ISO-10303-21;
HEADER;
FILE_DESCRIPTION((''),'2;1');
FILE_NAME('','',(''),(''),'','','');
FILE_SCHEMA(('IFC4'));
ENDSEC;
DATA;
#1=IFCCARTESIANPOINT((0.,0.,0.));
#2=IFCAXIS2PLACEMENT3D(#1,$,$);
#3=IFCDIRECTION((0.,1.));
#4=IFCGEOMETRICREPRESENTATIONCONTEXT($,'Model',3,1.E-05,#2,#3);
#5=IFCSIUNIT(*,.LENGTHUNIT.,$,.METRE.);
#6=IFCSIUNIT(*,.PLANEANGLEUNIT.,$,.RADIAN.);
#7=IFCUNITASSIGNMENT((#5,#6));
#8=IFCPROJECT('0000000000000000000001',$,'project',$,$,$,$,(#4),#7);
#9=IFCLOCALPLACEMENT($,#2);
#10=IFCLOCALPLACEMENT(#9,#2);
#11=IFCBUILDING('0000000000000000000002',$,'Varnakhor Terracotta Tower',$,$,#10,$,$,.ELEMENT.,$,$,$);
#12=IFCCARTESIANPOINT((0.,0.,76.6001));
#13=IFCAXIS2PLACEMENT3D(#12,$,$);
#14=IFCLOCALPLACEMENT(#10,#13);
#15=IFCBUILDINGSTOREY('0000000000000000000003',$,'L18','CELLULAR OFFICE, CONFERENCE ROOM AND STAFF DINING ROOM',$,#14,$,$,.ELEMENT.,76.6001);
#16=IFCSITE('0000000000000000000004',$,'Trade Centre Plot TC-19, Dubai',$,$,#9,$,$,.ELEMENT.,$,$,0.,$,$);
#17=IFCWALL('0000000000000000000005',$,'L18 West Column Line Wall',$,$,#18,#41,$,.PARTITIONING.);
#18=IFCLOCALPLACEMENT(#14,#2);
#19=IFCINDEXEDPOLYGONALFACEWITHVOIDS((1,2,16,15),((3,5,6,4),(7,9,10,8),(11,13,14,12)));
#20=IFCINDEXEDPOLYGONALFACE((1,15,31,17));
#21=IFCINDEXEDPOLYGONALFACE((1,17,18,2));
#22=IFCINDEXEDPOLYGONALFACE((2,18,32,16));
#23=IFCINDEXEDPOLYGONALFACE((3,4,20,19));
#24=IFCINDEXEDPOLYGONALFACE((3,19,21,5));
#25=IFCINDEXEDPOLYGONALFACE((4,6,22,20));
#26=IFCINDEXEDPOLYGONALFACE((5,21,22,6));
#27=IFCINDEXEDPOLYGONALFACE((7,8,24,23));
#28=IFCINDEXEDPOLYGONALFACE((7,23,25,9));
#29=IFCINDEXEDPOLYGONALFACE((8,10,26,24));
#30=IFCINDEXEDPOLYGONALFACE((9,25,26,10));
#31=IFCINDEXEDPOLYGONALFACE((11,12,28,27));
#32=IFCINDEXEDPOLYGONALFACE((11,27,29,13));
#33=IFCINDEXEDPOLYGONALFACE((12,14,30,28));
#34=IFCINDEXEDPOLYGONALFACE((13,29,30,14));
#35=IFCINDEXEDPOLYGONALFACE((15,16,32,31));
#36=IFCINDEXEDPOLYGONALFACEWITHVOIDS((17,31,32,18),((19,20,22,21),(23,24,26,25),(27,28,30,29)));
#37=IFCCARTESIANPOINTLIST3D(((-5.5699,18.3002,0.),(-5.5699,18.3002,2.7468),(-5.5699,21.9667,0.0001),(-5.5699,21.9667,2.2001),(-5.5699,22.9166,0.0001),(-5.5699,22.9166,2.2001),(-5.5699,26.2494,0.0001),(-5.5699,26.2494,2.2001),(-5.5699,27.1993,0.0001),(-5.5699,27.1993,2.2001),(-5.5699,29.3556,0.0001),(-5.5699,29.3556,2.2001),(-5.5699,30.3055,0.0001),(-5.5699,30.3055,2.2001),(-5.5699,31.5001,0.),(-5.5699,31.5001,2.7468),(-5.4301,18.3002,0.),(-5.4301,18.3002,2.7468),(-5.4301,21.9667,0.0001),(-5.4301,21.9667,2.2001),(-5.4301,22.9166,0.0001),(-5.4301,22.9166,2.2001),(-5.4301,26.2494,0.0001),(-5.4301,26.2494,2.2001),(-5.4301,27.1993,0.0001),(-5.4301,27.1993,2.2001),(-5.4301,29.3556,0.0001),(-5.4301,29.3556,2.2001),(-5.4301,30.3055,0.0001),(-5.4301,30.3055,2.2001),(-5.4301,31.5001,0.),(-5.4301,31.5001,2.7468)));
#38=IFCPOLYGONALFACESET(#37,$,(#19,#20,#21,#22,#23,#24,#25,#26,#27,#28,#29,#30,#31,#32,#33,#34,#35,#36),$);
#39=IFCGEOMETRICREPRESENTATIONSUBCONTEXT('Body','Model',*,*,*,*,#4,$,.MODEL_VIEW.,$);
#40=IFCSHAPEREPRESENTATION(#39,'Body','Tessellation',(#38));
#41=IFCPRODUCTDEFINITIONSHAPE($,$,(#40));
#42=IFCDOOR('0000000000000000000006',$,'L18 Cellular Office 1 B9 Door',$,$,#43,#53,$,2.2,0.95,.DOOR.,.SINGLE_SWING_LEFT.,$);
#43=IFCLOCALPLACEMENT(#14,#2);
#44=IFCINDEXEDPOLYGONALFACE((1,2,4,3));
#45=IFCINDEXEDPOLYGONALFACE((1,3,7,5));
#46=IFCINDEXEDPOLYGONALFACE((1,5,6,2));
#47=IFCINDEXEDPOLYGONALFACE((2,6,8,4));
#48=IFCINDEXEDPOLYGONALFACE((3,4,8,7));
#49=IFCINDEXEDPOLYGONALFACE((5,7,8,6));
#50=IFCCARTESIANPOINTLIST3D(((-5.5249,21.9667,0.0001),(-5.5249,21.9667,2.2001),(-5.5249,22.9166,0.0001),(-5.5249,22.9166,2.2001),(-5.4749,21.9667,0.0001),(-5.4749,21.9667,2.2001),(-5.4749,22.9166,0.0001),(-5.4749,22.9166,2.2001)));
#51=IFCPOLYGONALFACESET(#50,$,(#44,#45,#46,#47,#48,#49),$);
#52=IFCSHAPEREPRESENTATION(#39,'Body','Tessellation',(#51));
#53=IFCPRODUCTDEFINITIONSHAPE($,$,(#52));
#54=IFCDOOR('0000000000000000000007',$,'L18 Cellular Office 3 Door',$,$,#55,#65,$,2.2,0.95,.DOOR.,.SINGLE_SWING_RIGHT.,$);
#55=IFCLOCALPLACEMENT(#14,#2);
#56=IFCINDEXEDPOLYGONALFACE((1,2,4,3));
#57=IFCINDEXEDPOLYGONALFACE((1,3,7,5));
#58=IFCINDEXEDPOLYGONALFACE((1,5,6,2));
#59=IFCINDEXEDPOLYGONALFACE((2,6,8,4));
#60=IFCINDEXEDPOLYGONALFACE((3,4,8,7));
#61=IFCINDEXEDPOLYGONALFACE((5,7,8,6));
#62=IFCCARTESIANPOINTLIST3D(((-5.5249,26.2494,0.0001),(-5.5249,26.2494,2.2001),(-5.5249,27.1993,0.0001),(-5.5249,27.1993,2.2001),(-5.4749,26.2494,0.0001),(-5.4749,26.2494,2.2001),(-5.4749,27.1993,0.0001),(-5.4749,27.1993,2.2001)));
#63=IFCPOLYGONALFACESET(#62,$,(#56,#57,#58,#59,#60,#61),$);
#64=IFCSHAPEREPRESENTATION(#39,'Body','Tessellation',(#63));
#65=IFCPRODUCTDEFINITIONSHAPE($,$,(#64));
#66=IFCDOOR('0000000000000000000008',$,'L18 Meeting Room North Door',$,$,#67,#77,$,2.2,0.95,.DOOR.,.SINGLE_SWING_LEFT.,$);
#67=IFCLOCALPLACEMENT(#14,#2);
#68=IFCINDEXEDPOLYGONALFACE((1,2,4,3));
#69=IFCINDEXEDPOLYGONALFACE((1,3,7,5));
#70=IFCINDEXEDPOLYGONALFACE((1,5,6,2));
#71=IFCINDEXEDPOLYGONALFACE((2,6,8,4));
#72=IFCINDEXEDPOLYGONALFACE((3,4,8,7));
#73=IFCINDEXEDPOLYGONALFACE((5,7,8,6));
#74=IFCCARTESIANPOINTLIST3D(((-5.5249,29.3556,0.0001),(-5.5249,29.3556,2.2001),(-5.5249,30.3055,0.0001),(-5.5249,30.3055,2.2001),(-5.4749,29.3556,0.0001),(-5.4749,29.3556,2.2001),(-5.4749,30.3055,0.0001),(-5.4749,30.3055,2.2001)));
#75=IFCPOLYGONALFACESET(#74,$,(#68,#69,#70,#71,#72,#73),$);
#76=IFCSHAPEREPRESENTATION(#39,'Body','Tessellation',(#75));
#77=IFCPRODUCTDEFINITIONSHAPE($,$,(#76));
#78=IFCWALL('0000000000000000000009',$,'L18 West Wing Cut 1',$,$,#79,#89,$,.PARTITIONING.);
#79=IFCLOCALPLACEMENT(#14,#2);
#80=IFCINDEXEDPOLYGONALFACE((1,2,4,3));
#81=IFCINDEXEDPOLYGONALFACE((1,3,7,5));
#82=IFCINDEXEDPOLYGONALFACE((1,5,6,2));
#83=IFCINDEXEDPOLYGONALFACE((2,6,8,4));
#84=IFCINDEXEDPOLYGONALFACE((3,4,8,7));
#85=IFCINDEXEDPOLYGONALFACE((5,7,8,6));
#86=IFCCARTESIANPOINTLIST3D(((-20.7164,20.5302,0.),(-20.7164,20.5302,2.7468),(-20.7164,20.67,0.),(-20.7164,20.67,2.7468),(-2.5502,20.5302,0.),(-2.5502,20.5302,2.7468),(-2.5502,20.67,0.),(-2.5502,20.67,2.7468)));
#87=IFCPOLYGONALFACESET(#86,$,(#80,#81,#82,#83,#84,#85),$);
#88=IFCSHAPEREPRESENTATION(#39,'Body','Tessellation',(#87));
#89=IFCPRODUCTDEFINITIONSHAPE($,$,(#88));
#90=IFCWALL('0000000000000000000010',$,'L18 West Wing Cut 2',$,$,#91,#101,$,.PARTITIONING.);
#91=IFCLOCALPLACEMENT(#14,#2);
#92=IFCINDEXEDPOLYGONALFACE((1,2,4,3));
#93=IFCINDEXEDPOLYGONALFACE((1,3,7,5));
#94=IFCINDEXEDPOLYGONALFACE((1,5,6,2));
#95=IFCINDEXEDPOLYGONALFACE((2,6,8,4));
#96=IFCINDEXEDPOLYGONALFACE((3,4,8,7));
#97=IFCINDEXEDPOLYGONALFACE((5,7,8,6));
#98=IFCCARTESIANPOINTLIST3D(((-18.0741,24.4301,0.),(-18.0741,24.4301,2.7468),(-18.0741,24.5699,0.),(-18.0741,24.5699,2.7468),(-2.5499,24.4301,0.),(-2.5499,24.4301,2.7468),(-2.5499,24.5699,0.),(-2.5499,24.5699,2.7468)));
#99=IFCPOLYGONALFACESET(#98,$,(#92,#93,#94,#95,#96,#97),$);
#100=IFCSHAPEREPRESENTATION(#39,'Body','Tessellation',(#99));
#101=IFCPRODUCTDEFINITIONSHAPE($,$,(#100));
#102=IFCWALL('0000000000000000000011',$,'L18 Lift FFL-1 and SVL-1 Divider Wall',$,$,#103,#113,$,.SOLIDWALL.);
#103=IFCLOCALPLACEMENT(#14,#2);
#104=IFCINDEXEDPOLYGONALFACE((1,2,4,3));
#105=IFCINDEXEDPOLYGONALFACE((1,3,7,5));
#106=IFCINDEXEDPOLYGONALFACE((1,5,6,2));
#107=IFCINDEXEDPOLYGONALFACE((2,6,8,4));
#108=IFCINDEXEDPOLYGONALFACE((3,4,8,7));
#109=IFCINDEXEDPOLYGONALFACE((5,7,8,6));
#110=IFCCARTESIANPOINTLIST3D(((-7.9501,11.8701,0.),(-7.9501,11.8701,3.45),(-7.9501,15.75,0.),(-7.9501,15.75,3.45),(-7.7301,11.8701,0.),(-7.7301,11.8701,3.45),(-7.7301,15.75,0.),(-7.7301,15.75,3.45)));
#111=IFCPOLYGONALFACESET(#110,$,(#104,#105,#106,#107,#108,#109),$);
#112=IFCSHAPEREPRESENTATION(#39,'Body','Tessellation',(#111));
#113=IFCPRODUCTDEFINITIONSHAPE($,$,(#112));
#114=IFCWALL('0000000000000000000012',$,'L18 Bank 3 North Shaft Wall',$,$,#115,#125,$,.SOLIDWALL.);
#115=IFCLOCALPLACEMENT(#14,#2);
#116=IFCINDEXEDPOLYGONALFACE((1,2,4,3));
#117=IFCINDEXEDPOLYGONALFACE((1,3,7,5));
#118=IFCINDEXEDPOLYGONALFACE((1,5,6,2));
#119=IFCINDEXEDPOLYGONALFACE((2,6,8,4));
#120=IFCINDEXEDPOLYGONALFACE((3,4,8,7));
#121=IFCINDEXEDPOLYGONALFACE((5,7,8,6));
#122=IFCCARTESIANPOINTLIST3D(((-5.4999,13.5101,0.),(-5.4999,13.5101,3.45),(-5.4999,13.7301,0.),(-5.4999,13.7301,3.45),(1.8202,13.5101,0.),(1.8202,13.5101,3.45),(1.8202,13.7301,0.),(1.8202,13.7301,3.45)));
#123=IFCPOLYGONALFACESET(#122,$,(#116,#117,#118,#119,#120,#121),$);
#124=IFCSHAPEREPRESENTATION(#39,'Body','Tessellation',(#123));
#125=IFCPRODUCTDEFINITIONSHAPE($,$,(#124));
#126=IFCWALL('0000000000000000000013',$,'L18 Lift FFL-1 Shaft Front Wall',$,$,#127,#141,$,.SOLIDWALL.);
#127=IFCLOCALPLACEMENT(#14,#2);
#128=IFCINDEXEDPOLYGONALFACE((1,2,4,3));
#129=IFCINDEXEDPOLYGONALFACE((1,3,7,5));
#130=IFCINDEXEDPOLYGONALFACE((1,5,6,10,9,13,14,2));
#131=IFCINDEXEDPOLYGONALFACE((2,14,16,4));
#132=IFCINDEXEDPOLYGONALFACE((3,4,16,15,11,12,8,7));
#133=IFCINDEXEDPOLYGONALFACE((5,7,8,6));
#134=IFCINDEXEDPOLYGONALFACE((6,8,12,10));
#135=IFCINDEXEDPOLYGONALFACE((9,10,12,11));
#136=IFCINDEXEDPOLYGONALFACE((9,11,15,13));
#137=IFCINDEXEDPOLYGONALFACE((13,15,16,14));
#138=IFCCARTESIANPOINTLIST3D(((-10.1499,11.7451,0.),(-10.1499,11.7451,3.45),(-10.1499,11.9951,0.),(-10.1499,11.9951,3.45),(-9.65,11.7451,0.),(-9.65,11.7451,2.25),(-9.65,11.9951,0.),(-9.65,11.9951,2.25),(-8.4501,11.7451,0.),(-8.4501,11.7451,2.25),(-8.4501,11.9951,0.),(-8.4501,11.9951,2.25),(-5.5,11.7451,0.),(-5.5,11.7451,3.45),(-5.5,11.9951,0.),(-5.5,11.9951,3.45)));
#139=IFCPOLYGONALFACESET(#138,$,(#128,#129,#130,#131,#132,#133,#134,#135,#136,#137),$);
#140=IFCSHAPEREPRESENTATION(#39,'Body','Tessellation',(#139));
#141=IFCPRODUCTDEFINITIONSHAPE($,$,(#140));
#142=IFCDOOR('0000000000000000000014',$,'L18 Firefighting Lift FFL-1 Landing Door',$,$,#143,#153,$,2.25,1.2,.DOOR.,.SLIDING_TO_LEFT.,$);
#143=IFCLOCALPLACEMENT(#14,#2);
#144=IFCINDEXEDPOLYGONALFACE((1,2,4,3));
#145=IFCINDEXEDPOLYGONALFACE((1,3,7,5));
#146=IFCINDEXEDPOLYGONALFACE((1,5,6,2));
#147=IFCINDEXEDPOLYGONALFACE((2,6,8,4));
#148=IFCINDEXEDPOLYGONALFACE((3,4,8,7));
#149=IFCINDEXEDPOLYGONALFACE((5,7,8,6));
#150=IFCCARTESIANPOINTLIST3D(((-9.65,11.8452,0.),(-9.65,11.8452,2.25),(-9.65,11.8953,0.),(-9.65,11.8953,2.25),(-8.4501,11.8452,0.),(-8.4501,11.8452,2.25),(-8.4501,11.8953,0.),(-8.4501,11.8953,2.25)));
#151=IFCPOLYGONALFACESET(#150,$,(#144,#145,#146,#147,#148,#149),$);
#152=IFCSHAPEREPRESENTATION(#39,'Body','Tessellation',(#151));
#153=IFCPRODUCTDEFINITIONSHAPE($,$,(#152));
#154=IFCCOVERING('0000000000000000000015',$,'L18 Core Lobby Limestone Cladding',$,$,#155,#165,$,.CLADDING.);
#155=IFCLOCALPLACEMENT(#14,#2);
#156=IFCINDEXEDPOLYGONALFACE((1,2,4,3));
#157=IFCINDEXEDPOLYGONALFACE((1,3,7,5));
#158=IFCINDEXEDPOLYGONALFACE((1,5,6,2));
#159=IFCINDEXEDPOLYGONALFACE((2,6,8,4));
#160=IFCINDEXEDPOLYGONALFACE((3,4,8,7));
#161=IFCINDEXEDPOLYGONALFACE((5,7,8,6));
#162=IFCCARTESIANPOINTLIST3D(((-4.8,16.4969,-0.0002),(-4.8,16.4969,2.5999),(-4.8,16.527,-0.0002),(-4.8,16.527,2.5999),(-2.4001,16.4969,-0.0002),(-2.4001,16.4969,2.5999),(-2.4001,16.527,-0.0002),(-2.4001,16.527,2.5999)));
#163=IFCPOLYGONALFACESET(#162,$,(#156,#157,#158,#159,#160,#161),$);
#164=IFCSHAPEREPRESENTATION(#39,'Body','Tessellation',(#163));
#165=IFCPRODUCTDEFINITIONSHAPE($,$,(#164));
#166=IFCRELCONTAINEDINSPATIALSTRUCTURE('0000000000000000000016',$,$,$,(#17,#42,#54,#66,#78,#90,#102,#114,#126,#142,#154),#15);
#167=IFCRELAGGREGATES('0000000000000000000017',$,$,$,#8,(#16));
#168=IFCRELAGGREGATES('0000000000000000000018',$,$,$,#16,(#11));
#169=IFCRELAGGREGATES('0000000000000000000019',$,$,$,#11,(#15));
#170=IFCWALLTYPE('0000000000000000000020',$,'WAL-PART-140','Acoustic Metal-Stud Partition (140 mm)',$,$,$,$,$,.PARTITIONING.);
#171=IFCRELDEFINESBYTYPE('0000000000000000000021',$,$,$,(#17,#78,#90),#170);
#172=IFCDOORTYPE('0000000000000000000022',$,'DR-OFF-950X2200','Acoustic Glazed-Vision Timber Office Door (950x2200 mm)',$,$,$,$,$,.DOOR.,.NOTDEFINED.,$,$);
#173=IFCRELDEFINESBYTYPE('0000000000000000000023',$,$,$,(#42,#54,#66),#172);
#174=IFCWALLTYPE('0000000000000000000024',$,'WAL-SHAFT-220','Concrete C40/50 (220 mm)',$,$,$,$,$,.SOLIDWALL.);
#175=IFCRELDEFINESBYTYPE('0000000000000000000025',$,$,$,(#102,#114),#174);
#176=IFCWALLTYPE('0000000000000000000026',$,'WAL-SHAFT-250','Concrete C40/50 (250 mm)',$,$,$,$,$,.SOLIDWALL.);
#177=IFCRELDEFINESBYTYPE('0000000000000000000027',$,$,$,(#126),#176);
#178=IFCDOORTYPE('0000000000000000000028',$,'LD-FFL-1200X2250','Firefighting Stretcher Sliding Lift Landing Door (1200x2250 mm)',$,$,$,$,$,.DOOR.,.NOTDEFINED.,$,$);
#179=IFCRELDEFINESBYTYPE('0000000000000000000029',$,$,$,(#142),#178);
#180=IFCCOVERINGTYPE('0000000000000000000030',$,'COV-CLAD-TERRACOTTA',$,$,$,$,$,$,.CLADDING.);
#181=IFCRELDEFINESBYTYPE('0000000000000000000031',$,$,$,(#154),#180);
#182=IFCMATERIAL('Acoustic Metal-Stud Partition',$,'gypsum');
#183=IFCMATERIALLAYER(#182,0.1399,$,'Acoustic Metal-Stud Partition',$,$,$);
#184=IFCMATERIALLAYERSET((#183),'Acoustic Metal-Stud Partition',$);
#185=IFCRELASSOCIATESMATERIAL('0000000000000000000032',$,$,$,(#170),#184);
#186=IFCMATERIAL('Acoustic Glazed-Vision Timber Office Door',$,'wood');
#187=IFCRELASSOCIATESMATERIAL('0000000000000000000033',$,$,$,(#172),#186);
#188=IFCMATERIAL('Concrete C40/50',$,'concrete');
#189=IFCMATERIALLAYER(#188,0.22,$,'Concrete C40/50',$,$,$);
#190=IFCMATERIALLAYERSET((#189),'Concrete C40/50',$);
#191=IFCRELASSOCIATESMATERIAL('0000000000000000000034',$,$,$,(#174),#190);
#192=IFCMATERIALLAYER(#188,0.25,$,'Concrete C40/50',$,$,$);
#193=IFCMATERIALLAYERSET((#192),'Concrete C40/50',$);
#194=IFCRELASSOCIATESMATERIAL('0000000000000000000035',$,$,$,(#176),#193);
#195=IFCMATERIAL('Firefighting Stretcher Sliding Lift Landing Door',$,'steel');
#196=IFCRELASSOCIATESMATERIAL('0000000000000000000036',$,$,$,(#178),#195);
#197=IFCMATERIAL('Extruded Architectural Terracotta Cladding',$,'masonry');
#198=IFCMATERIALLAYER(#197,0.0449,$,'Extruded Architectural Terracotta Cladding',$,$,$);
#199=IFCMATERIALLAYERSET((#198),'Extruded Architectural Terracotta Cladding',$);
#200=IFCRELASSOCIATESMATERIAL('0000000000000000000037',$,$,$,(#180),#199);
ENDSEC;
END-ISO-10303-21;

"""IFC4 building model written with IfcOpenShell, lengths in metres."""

from ifc_helpers import new_model, si_unit, direction, frame, frame_2d, origin, origin_2d, place, context, subcontext, project, spatial, rectangle, extrude, source, transform, mapped, material, layer, layer_set, type_object, type_shapes, element, fill, save


model = new_model("IFC4")

# Units and contexts
model_context = context("Model", 3, precision=1e-05, world=origin(), true_north=direction((0.0, 1.0)))
body_context = subcontext(model_context, "Body", "Model", "MODEL_VIEW")
ifc_project = project(units=[si_unit("LENGTHUNIT", "METRE"), si_unit("PLANEANGLEUNIT", "RADIAN")], contexts=[model_context])

# Site, building, storey
site_placement = place(None, origin())
site = spatial("IfcSite", under=ifc_project, at=site_placement, Name="Trade Centre Plot TC-19, Dubai", CompositionType="ELEMENT", RefElevation=0.0)
building_placement = place(site_placement, origin())
building = spatial("IfcBuilding", under=site, at=building_placement, Name="Varnakhor Terracotta Tower", CompositionType="ELEMENT")
storey_placement = place(building_placement, frame((0.0, 0.0, 76.6001)))
storey = spatial("IfcBuildingStorey", under=building, at=storey_placement, Name="L18", Description="CELLULAR OFFICE, CONFERENCE ROOM AND STAFF DINING ROOM", CompositionType="ELEMENT", Elevation=76.6001)

# Wall, openings, doors
ifc_material_1 = material(Name="Acoustic Metal-Stud Partition", Category="gypsum")
ifc_layer_1 = layer(ifc_material_1, 0.1399, Name="Acoustic Metal-Stud Partition")
ifc_layer_set_1 = layer_set([ifc_layer_1], Name="Acoustic Metal-Stud Partition")
wall_type_1 = type_object("IfcWallType", Name="WAL-PART-140", Description="Acoustic Metal-Stud Partition (140 mm)", PredefinedType="PARTITIONING", material=ifc_layer_set_1)
wall_1_placement = place(storey_placement, frame((-5.5, 18.3, 0.0), z_axis=(0.0, 0.0, 1.0), x_axis=(0.0, 1.0, 0.0)))
wall_1 = element("IfcWall", 1, at=wall_1_placement, inside=storey, type_object=wall_type_1, Name="L18 West Column Line Wall", PredefinedType="PARTITIONING", context=body_context, shape_type="SweptSolid", body=[
    extrude(rectangle(XDim=13.2, YDim=0.1399, at=frame_2d((6.6001, 0.0))), origin(), (0.0, 0.0, 1.0), 2.7468),
])
opening_1_placement = place(wall_1_placement, frame((3.6665, 0.0, 0.0)))
opening_1 = element("IfcOpeningElement", 2, at=opening_1_placement, cuts=wall_1, PredefinedType="OPENING", context=body_context, shape_type="SweptSolid", body=[
    extrude(rectangle(XDim=0.95, YDim=2.2, at=frame_2d((0.4751, 1.1001))), frame((0.0, 0.0801, 0.0), z_axis=(0.0, -1.0, 0.0), x_axis=(1.0, 0.0, 0.0)), (0.0, 0.0, 1.0), 0.1599),
])
opening_2_placement = place(wall_1_placement, frame((7.9492, 0.0, 0.0)))
opening_2 = element("IfcOpeningElement", 3, at=opening_2_placement, cuts=wall_1, PredefinedType="OPENING", context=body_context, shape_type="SweptSolid", body=[
    extrude(rectangle(XDim=0.95, YDim=2.2, at=frame_2d((0.4751, 1.1001))), frame((0.0, 0.0801, 0.0), z_axis=(0.0, -1.0, 0.0), x_axis=(1.0, 0.0, 0.0)), (0.0, 0.0, 1.0), 0.1599),
])
opening_3_placement = place(wall_1_placement, frame((11.0554, 0.0, 0.0)))
opening_3 = element("IfcOpeningElement", 4, at=opening_3_placement, cuts=wall_1, PredefinedType="OPENING", context=body_context, shape_type="SweptSolid", body=[
    extrude(rectangle(XDim=0.95, YDim=2.2, at=frame_2d((0.4751, 1.1001))), frame((0.0, 0.0801, 0.0), z_axis=(0.0, -1.0, 0.0), x_axis=(1.0, 0.0, 0.0)), (0.0, 0.0, 1.0), 0.1599),
])
ifc_material_2 = material(Name="Acoustic Glazed-Vision Timber Office Door", Category="wood")
door_type_1 = type_object("IfcDoorType", Name="DR-OFF-950X2200", Description="Acoustic Glazed-Vision Timber Office Door (950x2200 mm)", OperationType="NOTDEFINED", PredefinedType="DOOR", material=ifc_material_2)
shared_shape_1 = source(origin(), body_context, "Body", "SweptSolid", [
    extrude(rectangle(XDim=0.95, YDim=2.2, at=frame_2d((0.4751, 1.1001))), frame((0.0, 0.0249, 0.0), z_axis=(0.0, -1.0, 0.0), x_axis=(1.0, 0.0, 0.0)), (0.0, 0.0, 1.0), 0.05),
])
type_shapes(door_type_1, [shared_shape_1])
door_1_placement = place(opening_1_placement, origin())
door_1 = element("IfcDoor", 5, at=door_1_placement, inside=storey, type_object=door_type_1, Name="L18 Cellular Office 1 B9 Door", OperationType="SINGLE_SWING_LEFT", OverallHeight=2.2, OverallWidth=0.95, PredefinedType="DOOR", context=body_context, shape_type="MappedRepresentation", body=[
    mapped(shared_shape_1, transform((0.0, 0.0, 0.0), scale=1.0)),
])
fill(opening_1, door_1)
door_2_placement = place(opening_2_placement, origin())
door_2 = element("IfcDoor", 6, at=door_2_placement, inside=storey, type_object=door_type_1, Name="L18 Cellular Office 3 Door", OperationType="SINGLE_SWING_RIGHT", OverallHeight=2.2, OverallWidth=0.95, PredefinedType="DOOR", context=body_context, shape_type="MappedRepresentation", body=[
    mapped(shared_shape_1, transform((0.0, 0.0, 0.0), scale=1.0)),
])
fill(opening_2, door_2)
door_3_placement = place(opening_3_placement, origin())
door_3 = element("IfcDoor", 7, at=door_3_placement, inside=storey, type_object=door_type_1, Name="L18 Meeting Room North Door", OperationType="SINGLE_SWING_LEFT", OverallHeight=2.2, OverallWidth=0.95, PredefinedType="DOOR", context=body_context, shape_type="MappedRepresentation", body=[
    mapped(shared_shape_1, transform((0.0, 0.0, 0.0), scale=1.0)),
])
fill(opening_3, door_3)

# Walls
wall_2_placement = place(storey_placement, frame((-20.7163, 20.6001, 0.0), z_axis=(0.0, 0.0, 1.0), x_axis=(1.0, 0.0, 0.0)))
element("IfcWall", 8, at=wall_2_placement, inside=storey, type_object=wall_type_1, Name="L18 West Wing Cut 1", PredefinedType="PARTITIONING", context=body_context, shape_type="SweptSolid", body=[
    extrude(rectangle(XDim=18.1663, YDim=0.1399, at=frame_2d((9.083, 0.0))), origin(), (0.0, 0.0, 1.0), 2.7468),
])
wall_3_placement = place(storey_placement, frame((-18.0742, 24.5, 0.0), z_axis=(0.0, 0.0, 1.0), x_axis=(1.0, 0.0, 0.0)))
element("IfcWall", 9, at=wall_3_placement, inside=storey, type_object=wall_type_1, Name="L18 West Wing Cut 2", PredefinedType="PARTITIONING", context=body_context, shape_type="SweptSolid", body=[
    extrude(rectangle(XDim=15.5242, YDim=0.1399, at=frame_2d((7.7622, 0.0))), origin(), (0.0, 0.0, 1.0), 2.7468),
])
ifc_material_3 = material(Name="Concrete C40/50", Category="concrete")
ifc_layer_2 = layer(ifc_material_3, 0.22, Name="Concrete C40/50")
ifc_layer_set_2 = layer_set([ifc_layer_2], Name="Concrete C40/50")
wall_type_2 = type_object("IfcWallType", Name="WAL-SHAFT-220", Description="Concrete C40/50 (220 mm)", PredefinedType="SOLIDWALL", material=ifc_layer_set_2)
wall_4_placement = place(storey_placement, frame((-7.8401, 11.8701, 0.0), z_axis=(0.0, 0.0, 1.0), x_axis=(0.0, 1.0, 0.0)))
element("IfcWall", 10, at=wall_4_placement, inside=storey, type_object=wall_type_2, Name="L18 Lift FFL-1 and SVL-1 Divider Wall", PredefinedType="SOLIDWALL", context=body_context, shape_type="SweptSolid", body=[
    extrude(rectangle(XDim=3.8799, YDim=0.22, at=frame_2d((1.9399, 0.0))), origin(), (0.0, 0.0, 1.0), 3.45),
])
wall_5_placement = place(storey_placement, frame((-5.5, 13.6201, 0.0), z_axis=(0.0, 0.0, 1.0), x_axis=(1.0, 0.0, 0.0)))
element("IfcWall", 11, at=wall_5_placement, inside=storey, type_object=wall_type_2, Name="L18 Bank 3 North Shaft Wall", PredefinedType="SOLIDWALL", context=body_context, shape_type="SweptSolid", body=[
    extrude(rectangle(XDim=7.3201, YDim=0.22, at=frame_2d((3.6602, 0.0))), origin(), (0.0, 0.0, 1.0), 3.45),
])

# Wall, opening, door
ifc_layer_3 = layer(ifc_material_3, 0.25, Name="Concrete C40/50")
ifc_layer_set_3 = layer_set([ifc_layer_3], Name="Concrete C40/50")
wall_type_3 = type_object("IfcWallType", Name="WAL-SHAFT-250", Description="Concrete C40/50 (250 mm)", PredefinedType="SOLIDWALL", material=ifc_layer_set_3)
wall_6_placement = place(storey_placement, frame((-5.5, 11.8701, 0.0), z_axis=(0.0, 0.0, 1.0), x_axis=(-1.0, 0.0, 0.0)))
wall_6 = element("IfcWall", 12, at=wall_6_placement, inside=storey, type_object=wall_type_3, Name="L18 Lift FFL-1 Shaft Front Wall", PredefinedType="SOLIDWALL", context=body_context, shape_type="SweptSolid", body=[
    extrude(rectangle(XDim=4.6499, YDim=0.25, at=frame_2d((2.325, 0.0))), origin(), (0.0, 0.0, 1.0), 3.45),
])
opening_4_placement = place(wall_6_placement, frame((2.95, 0.0, 0.0)))
opening_4 = element("IfcOpeningElement", 13, at=opening_4_placement, cuts=wall_6, PredefinedType="OPENING", context=body_context, shape_type="SweptSolid", body=[
    extrude(rectangle(XDim=1.2, YDim=2.25, at=frame_2d((0.6001, 1.125))), frame((0.0, 0.135, 0.0), z_axis=(0.0, -1.0, 0.0), x_axis=(1.0, 0.0, 0.0)), (0.0, 0.0, 1.0), 0.27),
])
ifc_material_4 = material(Name="Firefighting Stretcher Sliding Lift Landing Door", Category="steel")
door_type_2 = type_object("IfcDoorType", Name="LD-FFL-1200X2250", Description="Firefighting Stretcher Sliding Lift Landing Door (1200x2250 mm)", OperationType="NOTDEFINED", PredefinedType="DOOR", material=ifc_material_4)
shared_shape_2 = source(origin(), body_context, "Body", "SweptSolid", [
    extrude(rectangle(XDim=1.2, YDim=2.25, at=frame_2d((0.6001, 1.125))), frame((0.0, 0.0249, 0.0), z_axis=(0.0, -1.0, 0.0), x_axis=(1.0, 0.0, 0.0)), (0.0, 0.0, 1.0), 0.05),
])
type_shapes(door_type_2, [shared_shape_2])
door_4_placement = place(opening_4_placement, origin())
door_4 = element("IfcDoor", 14, at=door_4_placement, inside=storey, type_object=door_type_2, Name="L18 Firefighting Lift FFL-1 Landing Door", OperationType="SLIDING_TO_LEFT", OverallHeight=2.25, OverallWidth=1.2, PredefinedType="DOOR", context=body_context, shape_type="MappedRepresentation", body=[
    mapped(shared_shape_2, transform((0.0, 0.0, 0.0), scale=1.0)),
])
fill(opening_4, door_4)

# Covering
ifc_material_5 = material(Name="Extruded Architectural Terracotta Cladding", Category="masonry")
ifc_layer_4 = layer(ifc_material_5, 0.0449, Name="Extruded Architectural Terracotta Cladding")
ifc_layer_set_4 = layer_set([ifc_layer_4], Name="Extruded Architectural Terracotta Cladding")
covering_type_1 = type_object("IfcCoveringType", Name="COV-CLAD-TERRACOTTA", PredefinedType="CLADDING", material=ifc_layer_set_4)
shared_shape_3 = source(origin(), body_context, "Body", "SweptSolid", [
    extrude(rectangle(XDim=2.3999, YDim=0.03, at=origin_2d()), origin(), (0.0, 0.0, 1.0), 2.6001),
])
type_shapes(covering_type_1, [shared_shape_3])
covering_1_placement = place(storey_placement, frame((-3.6001, 16.512, -0.0002), z_axis=(0.0, 0.0, 1.0), x_axis=(1.0, 0.0, 0.0)))
element("IfcCovering", 15, at=covering_1_placement, inside=storey, type_object=covering_type_1, Name="L18 Core Lobby Limestone Cladding", PredefinedType="CLADDING", context=body_context, shape_type="MappedRepresentation", body=[
    mapped(shared_shape_3, transform((0.0, 0.0, 0.0), scale=1.0)),
])

save(model, "model.ifc")
